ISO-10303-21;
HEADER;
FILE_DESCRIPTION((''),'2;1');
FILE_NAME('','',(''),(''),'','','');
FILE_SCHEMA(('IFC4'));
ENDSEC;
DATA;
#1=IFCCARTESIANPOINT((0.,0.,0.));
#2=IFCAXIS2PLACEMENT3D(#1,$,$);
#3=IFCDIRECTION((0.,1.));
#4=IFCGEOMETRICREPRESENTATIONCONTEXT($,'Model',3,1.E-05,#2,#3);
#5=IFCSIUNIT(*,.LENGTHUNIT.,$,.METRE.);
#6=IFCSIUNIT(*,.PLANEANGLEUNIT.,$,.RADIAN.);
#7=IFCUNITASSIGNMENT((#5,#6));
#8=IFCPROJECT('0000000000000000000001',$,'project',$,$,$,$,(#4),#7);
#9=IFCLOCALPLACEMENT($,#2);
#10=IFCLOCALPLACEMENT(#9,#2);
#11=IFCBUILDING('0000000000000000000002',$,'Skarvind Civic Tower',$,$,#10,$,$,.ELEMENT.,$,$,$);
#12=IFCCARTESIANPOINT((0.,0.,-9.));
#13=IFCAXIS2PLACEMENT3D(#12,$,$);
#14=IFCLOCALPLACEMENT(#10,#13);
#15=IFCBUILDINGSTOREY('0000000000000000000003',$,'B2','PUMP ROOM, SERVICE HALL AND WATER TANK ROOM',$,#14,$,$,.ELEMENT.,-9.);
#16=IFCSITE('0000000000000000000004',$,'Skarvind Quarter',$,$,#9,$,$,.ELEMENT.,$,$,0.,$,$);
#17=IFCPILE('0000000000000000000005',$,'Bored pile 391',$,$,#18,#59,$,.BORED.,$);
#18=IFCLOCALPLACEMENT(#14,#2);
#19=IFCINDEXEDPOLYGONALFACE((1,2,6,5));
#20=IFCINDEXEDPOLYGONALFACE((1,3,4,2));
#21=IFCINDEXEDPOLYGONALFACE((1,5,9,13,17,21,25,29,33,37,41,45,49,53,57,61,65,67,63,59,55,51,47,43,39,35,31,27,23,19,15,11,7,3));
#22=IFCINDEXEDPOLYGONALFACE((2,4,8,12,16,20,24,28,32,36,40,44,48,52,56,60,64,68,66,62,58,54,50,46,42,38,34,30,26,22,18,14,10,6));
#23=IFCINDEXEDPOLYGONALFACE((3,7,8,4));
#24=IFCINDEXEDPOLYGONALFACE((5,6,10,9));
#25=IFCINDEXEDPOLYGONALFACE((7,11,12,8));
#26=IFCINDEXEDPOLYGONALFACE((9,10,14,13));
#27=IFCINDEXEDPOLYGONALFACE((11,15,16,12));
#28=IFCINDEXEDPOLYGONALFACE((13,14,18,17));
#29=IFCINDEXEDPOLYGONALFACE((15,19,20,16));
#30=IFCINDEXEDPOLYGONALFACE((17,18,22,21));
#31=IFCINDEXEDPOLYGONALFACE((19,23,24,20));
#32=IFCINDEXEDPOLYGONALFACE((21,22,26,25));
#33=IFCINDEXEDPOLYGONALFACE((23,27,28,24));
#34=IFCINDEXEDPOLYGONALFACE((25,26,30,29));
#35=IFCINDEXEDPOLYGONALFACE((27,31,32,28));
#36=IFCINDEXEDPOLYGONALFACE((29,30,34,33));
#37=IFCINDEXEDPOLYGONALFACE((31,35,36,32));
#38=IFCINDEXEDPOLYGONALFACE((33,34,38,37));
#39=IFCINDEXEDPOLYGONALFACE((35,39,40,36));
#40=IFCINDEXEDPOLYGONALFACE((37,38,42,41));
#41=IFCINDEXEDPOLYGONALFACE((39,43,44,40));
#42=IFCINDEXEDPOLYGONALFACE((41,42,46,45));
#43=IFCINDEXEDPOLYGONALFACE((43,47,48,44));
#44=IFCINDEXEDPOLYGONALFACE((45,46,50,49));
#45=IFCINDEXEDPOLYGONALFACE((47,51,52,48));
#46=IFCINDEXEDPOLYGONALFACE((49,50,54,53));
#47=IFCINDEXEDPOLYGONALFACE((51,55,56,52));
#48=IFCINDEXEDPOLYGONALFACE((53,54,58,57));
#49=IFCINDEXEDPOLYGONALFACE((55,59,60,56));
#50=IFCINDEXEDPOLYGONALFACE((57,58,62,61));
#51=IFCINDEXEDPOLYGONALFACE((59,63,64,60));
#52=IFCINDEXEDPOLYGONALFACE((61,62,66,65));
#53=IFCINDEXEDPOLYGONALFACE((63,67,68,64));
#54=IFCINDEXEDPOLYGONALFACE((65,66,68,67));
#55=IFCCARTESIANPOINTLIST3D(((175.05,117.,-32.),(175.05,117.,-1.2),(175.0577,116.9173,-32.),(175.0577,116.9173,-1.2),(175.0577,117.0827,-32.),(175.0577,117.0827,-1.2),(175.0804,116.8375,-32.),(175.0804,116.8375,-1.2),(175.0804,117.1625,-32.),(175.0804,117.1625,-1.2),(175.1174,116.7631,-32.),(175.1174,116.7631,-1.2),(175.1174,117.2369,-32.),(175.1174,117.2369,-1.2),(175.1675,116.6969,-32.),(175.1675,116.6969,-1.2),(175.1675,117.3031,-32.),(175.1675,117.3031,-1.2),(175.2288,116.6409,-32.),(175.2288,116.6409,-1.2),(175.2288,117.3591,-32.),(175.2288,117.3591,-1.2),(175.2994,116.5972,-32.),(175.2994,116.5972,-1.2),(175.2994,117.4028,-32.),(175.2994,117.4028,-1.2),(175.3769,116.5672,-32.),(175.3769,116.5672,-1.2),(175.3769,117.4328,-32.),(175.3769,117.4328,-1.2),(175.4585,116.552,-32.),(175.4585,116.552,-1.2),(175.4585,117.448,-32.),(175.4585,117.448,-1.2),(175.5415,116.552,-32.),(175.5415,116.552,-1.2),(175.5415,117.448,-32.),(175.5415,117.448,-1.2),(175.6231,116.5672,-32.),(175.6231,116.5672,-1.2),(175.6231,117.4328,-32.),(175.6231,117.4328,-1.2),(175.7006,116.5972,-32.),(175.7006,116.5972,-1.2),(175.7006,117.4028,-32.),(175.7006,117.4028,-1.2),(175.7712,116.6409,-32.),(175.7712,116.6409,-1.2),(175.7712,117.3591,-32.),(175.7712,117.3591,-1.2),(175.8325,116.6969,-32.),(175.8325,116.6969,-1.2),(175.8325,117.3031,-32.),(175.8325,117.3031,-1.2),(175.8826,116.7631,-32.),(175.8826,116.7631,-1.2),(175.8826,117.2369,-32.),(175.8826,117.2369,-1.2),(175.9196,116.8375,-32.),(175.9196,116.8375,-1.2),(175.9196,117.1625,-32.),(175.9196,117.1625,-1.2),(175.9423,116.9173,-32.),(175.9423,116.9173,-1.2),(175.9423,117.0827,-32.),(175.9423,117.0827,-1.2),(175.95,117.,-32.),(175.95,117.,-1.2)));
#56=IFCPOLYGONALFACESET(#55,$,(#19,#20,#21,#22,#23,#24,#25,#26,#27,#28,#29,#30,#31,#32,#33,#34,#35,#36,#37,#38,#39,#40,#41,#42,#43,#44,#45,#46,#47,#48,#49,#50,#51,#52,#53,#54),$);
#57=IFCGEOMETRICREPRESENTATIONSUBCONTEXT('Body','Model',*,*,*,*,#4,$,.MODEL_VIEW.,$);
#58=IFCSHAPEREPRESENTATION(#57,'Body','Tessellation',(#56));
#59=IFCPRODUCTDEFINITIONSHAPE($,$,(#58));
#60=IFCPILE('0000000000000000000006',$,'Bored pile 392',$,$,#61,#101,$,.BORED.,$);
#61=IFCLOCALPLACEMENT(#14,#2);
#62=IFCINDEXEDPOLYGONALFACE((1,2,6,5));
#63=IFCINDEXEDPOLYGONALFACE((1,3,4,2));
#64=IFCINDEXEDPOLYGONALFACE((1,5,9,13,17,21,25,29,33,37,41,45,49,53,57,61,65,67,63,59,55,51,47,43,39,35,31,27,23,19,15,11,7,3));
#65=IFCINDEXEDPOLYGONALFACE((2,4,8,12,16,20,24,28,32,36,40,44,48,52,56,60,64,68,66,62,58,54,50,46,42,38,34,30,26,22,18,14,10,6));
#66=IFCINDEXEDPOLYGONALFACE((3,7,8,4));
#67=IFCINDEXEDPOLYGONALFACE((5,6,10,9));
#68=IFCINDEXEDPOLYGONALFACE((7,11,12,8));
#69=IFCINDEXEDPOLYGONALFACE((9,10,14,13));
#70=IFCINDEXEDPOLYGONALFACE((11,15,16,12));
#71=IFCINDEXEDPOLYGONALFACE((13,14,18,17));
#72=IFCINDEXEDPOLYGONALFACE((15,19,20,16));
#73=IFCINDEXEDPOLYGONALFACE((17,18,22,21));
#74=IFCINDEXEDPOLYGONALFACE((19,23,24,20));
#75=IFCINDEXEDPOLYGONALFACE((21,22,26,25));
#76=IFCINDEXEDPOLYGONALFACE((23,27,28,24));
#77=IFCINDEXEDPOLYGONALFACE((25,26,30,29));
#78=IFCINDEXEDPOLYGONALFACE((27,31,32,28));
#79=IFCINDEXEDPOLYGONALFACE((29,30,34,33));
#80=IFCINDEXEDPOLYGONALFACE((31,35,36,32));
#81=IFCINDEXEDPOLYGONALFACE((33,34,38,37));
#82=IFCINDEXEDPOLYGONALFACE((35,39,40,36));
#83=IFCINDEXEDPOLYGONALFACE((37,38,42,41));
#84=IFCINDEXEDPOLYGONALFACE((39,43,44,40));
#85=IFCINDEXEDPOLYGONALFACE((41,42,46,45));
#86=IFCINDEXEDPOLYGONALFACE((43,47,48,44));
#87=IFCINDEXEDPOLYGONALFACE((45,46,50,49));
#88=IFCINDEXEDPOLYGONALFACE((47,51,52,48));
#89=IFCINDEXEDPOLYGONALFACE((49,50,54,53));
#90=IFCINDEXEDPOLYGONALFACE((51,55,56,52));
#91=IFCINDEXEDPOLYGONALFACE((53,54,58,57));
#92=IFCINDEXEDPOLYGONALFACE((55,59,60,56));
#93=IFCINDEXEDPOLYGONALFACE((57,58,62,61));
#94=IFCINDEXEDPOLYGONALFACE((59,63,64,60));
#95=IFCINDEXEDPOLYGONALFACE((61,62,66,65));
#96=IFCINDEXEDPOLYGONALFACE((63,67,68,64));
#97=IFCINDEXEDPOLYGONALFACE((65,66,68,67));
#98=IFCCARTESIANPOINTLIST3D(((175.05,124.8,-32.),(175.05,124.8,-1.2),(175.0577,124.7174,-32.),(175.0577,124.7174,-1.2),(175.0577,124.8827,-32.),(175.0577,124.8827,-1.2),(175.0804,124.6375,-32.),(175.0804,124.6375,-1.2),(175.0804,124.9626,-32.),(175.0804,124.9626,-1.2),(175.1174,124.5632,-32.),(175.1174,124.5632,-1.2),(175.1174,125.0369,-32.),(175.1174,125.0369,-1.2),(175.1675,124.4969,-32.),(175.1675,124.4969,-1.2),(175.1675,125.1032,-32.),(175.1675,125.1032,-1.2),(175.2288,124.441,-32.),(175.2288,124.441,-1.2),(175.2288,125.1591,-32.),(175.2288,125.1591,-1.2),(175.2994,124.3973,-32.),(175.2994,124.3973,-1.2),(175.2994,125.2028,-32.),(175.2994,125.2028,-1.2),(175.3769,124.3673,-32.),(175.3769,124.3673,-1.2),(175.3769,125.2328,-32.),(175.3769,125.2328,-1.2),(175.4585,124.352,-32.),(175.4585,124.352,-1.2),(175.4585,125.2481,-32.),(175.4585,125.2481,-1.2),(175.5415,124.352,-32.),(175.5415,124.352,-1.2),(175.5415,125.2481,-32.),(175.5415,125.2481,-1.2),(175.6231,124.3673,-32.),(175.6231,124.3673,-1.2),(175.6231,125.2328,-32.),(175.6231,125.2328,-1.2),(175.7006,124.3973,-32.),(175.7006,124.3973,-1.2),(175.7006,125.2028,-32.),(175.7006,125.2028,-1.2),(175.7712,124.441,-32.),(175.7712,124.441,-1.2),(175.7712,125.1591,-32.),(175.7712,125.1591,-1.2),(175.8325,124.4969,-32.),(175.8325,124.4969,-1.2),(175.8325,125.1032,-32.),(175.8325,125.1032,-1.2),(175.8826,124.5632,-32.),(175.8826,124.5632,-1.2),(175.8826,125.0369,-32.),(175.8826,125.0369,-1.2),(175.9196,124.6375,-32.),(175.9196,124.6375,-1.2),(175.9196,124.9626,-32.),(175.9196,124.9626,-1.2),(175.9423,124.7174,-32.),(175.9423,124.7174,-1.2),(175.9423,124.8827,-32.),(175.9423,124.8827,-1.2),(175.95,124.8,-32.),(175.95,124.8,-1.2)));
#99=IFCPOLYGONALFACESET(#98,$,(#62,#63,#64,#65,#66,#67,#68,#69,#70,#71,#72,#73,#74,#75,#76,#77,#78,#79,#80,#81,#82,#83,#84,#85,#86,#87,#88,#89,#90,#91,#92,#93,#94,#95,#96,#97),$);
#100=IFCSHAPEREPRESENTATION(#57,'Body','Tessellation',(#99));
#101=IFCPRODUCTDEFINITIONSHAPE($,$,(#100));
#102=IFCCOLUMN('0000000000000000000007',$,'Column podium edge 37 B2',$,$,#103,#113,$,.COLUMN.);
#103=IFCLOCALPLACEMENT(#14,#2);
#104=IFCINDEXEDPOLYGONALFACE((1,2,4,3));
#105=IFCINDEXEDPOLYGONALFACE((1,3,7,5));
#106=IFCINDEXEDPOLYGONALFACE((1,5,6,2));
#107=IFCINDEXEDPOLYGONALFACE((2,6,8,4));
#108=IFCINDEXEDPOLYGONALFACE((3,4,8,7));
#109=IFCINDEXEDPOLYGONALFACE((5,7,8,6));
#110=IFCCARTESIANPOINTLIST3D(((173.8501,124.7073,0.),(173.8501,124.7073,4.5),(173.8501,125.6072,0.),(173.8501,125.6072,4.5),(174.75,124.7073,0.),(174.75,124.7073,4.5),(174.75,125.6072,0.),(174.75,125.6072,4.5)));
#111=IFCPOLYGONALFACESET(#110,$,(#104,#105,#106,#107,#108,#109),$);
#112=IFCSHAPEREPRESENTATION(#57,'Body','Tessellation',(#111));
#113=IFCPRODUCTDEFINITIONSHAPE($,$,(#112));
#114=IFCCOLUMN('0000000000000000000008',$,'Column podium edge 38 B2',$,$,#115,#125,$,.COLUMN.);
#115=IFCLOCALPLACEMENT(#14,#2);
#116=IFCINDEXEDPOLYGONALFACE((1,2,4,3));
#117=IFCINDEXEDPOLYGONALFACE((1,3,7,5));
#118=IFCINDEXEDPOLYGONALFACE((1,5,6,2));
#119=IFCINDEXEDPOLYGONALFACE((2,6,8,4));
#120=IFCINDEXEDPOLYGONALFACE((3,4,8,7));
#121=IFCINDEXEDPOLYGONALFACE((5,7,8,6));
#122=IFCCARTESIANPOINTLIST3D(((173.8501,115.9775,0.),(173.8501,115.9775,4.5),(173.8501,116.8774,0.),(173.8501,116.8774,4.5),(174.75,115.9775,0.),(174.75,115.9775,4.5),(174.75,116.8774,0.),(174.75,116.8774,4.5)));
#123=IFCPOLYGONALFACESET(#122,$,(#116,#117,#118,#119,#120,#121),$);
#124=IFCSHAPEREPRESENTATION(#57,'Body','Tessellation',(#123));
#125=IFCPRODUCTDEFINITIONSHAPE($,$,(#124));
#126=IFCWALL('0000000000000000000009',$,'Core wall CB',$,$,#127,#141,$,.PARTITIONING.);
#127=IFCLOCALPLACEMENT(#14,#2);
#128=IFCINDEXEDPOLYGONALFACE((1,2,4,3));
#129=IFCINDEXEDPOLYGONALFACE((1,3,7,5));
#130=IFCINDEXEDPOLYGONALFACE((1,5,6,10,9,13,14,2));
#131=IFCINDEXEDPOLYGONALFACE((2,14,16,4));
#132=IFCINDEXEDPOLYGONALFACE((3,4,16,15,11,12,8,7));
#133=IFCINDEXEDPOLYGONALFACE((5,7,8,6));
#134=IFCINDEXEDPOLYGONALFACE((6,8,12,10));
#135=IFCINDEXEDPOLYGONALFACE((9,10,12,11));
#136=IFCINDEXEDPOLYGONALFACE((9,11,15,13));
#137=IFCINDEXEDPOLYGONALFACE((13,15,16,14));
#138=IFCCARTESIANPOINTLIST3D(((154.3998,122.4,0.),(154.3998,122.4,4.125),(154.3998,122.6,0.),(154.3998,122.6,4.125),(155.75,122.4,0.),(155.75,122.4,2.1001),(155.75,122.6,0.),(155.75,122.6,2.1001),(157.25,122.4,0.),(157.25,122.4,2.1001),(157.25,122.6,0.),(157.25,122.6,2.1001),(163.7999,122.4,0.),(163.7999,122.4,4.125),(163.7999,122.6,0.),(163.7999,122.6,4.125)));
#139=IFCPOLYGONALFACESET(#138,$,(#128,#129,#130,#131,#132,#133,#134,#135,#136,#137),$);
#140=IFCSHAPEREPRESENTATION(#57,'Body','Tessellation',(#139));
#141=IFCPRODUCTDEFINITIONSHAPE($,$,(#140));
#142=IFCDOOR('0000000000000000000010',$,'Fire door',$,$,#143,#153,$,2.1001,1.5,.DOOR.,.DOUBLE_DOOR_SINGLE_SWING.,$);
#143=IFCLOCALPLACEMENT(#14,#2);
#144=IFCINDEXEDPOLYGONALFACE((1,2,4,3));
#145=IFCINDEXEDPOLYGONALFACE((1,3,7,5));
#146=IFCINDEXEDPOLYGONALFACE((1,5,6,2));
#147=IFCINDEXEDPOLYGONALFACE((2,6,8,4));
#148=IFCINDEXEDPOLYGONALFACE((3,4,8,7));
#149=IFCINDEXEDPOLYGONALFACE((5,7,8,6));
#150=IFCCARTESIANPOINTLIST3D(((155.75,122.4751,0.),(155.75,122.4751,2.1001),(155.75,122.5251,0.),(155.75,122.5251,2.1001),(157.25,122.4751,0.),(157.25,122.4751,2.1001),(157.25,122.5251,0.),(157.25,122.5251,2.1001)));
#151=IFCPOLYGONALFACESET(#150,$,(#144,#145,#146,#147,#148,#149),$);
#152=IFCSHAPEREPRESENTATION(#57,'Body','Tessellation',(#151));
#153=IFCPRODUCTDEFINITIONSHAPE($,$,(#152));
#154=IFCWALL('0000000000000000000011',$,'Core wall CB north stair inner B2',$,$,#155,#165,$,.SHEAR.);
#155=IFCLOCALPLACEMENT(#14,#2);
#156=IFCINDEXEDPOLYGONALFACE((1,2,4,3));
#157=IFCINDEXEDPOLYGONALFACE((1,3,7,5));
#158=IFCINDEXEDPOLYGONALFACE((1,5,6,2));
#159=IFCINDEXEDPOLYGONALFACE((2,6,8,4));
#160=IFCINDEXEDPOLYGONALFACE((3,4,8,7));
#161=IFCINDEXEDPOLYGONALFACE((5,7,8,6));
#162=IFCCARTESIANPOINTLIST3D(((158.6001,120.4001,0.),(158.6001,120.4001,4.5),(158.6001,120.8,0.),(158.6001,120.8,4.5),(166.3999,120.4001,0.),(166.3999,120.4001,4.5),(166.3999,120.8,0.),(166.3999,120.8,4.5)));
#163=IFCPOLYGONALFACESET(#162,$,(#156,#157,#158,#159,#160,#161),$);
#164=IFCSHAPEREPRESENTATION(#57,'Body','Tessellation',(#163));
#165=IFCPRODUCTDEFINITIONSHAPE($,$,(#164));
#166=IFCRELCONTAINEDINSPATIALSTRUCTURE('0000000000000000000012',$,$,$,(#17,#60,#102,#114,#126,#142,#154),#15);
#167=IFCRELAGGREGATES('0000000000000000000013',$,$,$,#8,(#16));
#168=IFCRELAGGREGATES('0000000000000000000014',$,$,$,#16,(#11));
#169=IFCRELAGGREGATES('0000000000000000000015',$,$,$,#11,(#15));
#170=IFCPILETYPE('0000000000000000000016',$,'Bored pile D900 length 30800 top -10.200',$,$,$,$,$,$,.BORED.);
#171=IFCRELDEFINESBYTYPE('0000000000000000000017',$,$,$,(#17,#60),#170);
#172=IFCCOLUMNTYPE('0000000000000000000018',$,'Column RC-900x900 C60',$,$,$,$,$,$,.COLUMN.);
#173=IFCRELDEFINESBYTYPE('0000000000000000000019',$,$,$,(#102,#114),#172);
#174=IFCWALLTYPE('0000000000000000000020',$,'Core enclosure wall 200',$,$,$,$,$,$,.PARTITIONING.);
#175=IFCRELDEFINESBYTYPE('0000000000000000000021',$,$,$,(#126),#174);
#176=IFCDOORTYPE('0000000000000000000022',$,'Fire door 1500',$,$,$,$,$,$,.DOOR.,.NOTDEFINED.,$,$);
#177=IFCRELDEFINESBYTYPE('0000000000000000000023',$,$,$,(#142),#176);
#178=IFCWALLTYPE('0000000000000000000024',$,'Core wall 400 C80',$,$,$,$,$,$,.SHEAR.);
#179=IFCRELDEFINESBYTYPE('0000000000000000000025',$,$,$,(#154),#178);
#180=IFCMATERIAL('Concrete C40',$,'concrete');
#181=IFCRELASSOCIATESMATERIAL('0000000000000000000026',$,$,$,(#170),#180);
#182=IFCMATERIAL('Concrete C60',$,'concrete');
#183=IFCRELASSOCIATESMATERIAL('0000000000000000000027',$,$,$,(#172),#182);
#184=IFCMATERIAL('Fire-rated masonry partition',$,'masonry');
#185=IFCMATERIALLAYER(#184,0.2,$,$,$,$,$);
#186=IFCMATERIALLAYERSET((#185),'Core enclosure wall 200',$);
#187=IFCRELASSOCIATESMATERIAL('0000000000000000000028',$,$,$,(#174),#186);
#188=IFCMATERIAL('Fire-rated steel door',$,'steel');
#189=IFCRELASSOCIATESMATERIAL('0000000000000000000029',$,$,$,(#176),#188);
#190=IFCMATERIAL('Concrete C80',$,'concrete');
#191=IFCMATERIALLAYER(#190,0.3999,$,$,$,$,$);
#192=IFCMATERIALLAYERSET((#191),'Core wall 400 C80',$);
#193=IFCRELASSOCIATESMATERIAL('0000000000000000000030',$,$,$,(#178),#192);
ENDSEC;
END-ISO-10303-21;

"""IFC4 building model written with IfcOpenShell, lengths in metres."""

from ifc_helpers import new_model, si_unit, direction, frame, frame_2d, origin, origin_2d, place, context, subcontext, project, spatial, rectangle, circle, extrude, material, layer, layer_set, material_profile, profile_set, type_object, element, fill, save


model = new_model("IFC4")

# Units and contexts
model_context = context("Model", 3, precision=1e-05, world=origin(), true_north=direction((0.0, 1.0)))
body_context = subcontext(model_context, "Body", "Model", "MODEL_VIEW")
ifc_project = project(units=[si_unit("LENGTHUNIT", "METRE"), si_unit("PLANEANGLEUNIT", "RADIAN")], contexts=[model_context])

# Site, building, storey
site_placement = place(None, origin())
site = spatial("IfcSite", under=ifc_project, at=site_placement, Name="Skarvind Quarter", CompositionType="ELEMENT", RefElevation=0.0)
building_placement = place(site_placement, origin())
building = spatial("IfcBuilding", under=site, at=building_placement, Name="Skarvind Civic Tower", CompositionType="ELEMENT")
storey_placement = place(building_placement, frame((0.0, 0.0, -9.0)))
storey = spatial("IfcBuildingStorey", under=building, at=storey_placement, Name="B2", Description="PUMP ROOM, SERVICE HALL AND WATER TANK ROOM", CompositionType="ELEMENT", Elevation=-9.0)

# Piles
ifc_material_1 = material(Name="Concrete C40", Category="concrete")
pile_type_1 = type_object("IfcPileType", Name="Bored pile D900 length 30800 top -10.200", PredefinedType="BORED", material=ifc_material_1)
for number, where, z_axis, x_axis, name in (
    (1, (175.5, 117.0, -1.2), (0.0, 0.0, -1.0), (1.0, 0.0, 0.0), "Bored pile 391"),
    (2, (175.5, 124.8, -1.2), (0.0, 0.0, -1.0), (1.0, 0.0, 0.0), "Bored pile 392"),
):
    element("IfcPile", number, at=place(storey_placement, frame(where, z_axis=z_axis, x_axis=x_axis)), inside=storey, type_object=pile_type_1, Name=name, PredefinedType="BORED", context=body_context, shape_type="SweptSolid", body=[
        extrude(circle(Radius=0.45, at=origin_2d()), origin(), (0.0, 0.0, 1.0), 30.8),
    ])

# Columns
ifc_material_2 = material(Name="Concrete C60", Category="concrete")
ifc_material_profile = material_profile(ifc_material_2, rectangle(XDim=0.8999, YDim=0.8999, at=origin_2d()), Name="RC-900x900")
ifc_profile_set = profile_set([ifc_material_profile], Name="Concrete C60")
column_type = type_object("IfcColumnType", Name="Column RC-900x900 C60", PredefinedType="COLUMN", material=ifc_profile_set)
for number, where, z_axis, x_axis, name in (
    (3, (174.3, 125.1572, 0.0), (0.0, 0.0, 1.0), (1.0, 0.0, 0.0), "Column podium edge 37 B2"),
    (4, (174.3, 116.4275, 0.0), (0.0, 0.0, 1.0), (1.0, 0.0, 0.0), "Column podium edge 38 B2"),
):
    element("IfcColumn", number, at=place(storey_placement, frame(where, z_axis=z_axis, x_axis=x_axis)), inside=storey, type_object=column_type, Name=name, PredefinedType="COLUMN", context=body_context, shape_type="SweptSolid", body=[
        extrude(rectangle(XDim=0.8999, YDim=0.8999, at=origin_2d()), origin(), (0.0, 0.0, 1.0), 4.5),
    ])

# Wall, opening, door
ifc_material_3 = material(Name="Fire-rated masonry partition", Category="masonry")
ifc_layer_1 = layer(ifc_material_3, 0.2)
ifc_layer_set_1 = layer_set([ifc_layer_1], Name="Core enclosure wall 200")
wall_type_1 = type_object("IfcWallType", Name="Core enclosure wall 200", PredefinedType="PARTITIONING", material=ifc_layer_set_1)
wall_1_placement = place(storey_placement, frame((163.8, 122.5, 0.0), z_axis=(0.0, 0.0, 1.0), x_axis=(-1.0, 0.0, 0.0)))
wall_1 = element("IfcWall", 5, at=wall_1_placement, inside=storey, type_object=wall_type_1, Name="Core wall CB", PredefinedType="PARTITIONING", context=body_context, shape_type="SweptSolid", body=[
    extrude(rectangle(XDim=9.4001, YDim=0.2, at=frame_2d((4.7002, 0.0))), origin(), (0.0, 0.0, 1.0), 4.125),
])
opening_1_placement = place(wall_1_placement, frame((6.55, 0.0, 0.0)))
opening_1 = element("IfcOpeningElement", 6, at=opening_1_placement, cuts=wall_1, PredefinedType="OPENING", context=body_context, shape_type="SweptSolid", body=[
    extrude(rectangle(XDim=1.5, YDim=2.1001, at=frame_2d((0.75, 1.05))), frame((0.0, 0.1099, 0.0), z_axis=(0.0, -1.0, 0.0), x_axis=(1.0, 0.0, 0.0)), (0.0, 0.0, 1.0), 0.22),
])
ifc_material_4 = material(Name="Fire-rated steel door", Category="steel")
door_type_1 = type_object("IfcDoorType", Name="Fire door 1500", OperationType="NOTDEFINED", PredefinedType="DOOR", material=ifc_material_4)
door_1_placement = place(opening_1_placement, origin())
door_1 = element("IfcDoor", 7, at=door_1_placement, inside=storey, type_object=door_type_1, Name="Fire door", OperationType="DOUBLE_DOOR_SINGLE_SWING", OverallHeight=2.1001, OverallWidth=1.5, PredefinedType="DOOR", context=body_context, shape_type="SweptSolid", body=[
    extrude(rectangle(XDim=1.5, YDim=2.1001, at=frame_2d((0.75, 1.05))), frame((0.0, 0.0249, 0.0), z_axis=(0.0, -1.0, 0.0), x_axis=(1.0, 0.0, 0.0)), (0.0, 0.0, 1.0), 0.05),
])
fill(opening_1, door_1)

# Wall
ifc_material_5 = material(Name="Concrete C80", Category="concrete")
ifc_layer_2 = layer(ifc_material_5, 0.3999)
ifc_layer_set_2 = layer_set([ifc_layer_2], Name="Core wall 400 C80")
wall_type_2 = type_object("IfcWallType", Name="Core wall 400 C80", PredefinedType="SHEAR", material=ifc_layer_set_2)
wall_2_placement = place(storey_placement, frame((166.3999, 120.6001, 0.0), z_axis=(0.0, 0.0, 1.0), x_axis=(-1.0, 0.0, 0.0)))
element("IfcWall", 8, at=wall_2_placement, inside=storey, type_object=wall_type_2, Name="Core wall CB north stair inner B2", PredefinedType="SHEAR", context=body_context, shape_type="SweptSolid", body=[
    extrude(rectangle(XDim=7.7998, YDim=0.3999, at=frame_2d((3.8999, 0.0))), origin(), (0.0, 0.0, 1.0), 4.5),
])

save(model, "model.ifc")
